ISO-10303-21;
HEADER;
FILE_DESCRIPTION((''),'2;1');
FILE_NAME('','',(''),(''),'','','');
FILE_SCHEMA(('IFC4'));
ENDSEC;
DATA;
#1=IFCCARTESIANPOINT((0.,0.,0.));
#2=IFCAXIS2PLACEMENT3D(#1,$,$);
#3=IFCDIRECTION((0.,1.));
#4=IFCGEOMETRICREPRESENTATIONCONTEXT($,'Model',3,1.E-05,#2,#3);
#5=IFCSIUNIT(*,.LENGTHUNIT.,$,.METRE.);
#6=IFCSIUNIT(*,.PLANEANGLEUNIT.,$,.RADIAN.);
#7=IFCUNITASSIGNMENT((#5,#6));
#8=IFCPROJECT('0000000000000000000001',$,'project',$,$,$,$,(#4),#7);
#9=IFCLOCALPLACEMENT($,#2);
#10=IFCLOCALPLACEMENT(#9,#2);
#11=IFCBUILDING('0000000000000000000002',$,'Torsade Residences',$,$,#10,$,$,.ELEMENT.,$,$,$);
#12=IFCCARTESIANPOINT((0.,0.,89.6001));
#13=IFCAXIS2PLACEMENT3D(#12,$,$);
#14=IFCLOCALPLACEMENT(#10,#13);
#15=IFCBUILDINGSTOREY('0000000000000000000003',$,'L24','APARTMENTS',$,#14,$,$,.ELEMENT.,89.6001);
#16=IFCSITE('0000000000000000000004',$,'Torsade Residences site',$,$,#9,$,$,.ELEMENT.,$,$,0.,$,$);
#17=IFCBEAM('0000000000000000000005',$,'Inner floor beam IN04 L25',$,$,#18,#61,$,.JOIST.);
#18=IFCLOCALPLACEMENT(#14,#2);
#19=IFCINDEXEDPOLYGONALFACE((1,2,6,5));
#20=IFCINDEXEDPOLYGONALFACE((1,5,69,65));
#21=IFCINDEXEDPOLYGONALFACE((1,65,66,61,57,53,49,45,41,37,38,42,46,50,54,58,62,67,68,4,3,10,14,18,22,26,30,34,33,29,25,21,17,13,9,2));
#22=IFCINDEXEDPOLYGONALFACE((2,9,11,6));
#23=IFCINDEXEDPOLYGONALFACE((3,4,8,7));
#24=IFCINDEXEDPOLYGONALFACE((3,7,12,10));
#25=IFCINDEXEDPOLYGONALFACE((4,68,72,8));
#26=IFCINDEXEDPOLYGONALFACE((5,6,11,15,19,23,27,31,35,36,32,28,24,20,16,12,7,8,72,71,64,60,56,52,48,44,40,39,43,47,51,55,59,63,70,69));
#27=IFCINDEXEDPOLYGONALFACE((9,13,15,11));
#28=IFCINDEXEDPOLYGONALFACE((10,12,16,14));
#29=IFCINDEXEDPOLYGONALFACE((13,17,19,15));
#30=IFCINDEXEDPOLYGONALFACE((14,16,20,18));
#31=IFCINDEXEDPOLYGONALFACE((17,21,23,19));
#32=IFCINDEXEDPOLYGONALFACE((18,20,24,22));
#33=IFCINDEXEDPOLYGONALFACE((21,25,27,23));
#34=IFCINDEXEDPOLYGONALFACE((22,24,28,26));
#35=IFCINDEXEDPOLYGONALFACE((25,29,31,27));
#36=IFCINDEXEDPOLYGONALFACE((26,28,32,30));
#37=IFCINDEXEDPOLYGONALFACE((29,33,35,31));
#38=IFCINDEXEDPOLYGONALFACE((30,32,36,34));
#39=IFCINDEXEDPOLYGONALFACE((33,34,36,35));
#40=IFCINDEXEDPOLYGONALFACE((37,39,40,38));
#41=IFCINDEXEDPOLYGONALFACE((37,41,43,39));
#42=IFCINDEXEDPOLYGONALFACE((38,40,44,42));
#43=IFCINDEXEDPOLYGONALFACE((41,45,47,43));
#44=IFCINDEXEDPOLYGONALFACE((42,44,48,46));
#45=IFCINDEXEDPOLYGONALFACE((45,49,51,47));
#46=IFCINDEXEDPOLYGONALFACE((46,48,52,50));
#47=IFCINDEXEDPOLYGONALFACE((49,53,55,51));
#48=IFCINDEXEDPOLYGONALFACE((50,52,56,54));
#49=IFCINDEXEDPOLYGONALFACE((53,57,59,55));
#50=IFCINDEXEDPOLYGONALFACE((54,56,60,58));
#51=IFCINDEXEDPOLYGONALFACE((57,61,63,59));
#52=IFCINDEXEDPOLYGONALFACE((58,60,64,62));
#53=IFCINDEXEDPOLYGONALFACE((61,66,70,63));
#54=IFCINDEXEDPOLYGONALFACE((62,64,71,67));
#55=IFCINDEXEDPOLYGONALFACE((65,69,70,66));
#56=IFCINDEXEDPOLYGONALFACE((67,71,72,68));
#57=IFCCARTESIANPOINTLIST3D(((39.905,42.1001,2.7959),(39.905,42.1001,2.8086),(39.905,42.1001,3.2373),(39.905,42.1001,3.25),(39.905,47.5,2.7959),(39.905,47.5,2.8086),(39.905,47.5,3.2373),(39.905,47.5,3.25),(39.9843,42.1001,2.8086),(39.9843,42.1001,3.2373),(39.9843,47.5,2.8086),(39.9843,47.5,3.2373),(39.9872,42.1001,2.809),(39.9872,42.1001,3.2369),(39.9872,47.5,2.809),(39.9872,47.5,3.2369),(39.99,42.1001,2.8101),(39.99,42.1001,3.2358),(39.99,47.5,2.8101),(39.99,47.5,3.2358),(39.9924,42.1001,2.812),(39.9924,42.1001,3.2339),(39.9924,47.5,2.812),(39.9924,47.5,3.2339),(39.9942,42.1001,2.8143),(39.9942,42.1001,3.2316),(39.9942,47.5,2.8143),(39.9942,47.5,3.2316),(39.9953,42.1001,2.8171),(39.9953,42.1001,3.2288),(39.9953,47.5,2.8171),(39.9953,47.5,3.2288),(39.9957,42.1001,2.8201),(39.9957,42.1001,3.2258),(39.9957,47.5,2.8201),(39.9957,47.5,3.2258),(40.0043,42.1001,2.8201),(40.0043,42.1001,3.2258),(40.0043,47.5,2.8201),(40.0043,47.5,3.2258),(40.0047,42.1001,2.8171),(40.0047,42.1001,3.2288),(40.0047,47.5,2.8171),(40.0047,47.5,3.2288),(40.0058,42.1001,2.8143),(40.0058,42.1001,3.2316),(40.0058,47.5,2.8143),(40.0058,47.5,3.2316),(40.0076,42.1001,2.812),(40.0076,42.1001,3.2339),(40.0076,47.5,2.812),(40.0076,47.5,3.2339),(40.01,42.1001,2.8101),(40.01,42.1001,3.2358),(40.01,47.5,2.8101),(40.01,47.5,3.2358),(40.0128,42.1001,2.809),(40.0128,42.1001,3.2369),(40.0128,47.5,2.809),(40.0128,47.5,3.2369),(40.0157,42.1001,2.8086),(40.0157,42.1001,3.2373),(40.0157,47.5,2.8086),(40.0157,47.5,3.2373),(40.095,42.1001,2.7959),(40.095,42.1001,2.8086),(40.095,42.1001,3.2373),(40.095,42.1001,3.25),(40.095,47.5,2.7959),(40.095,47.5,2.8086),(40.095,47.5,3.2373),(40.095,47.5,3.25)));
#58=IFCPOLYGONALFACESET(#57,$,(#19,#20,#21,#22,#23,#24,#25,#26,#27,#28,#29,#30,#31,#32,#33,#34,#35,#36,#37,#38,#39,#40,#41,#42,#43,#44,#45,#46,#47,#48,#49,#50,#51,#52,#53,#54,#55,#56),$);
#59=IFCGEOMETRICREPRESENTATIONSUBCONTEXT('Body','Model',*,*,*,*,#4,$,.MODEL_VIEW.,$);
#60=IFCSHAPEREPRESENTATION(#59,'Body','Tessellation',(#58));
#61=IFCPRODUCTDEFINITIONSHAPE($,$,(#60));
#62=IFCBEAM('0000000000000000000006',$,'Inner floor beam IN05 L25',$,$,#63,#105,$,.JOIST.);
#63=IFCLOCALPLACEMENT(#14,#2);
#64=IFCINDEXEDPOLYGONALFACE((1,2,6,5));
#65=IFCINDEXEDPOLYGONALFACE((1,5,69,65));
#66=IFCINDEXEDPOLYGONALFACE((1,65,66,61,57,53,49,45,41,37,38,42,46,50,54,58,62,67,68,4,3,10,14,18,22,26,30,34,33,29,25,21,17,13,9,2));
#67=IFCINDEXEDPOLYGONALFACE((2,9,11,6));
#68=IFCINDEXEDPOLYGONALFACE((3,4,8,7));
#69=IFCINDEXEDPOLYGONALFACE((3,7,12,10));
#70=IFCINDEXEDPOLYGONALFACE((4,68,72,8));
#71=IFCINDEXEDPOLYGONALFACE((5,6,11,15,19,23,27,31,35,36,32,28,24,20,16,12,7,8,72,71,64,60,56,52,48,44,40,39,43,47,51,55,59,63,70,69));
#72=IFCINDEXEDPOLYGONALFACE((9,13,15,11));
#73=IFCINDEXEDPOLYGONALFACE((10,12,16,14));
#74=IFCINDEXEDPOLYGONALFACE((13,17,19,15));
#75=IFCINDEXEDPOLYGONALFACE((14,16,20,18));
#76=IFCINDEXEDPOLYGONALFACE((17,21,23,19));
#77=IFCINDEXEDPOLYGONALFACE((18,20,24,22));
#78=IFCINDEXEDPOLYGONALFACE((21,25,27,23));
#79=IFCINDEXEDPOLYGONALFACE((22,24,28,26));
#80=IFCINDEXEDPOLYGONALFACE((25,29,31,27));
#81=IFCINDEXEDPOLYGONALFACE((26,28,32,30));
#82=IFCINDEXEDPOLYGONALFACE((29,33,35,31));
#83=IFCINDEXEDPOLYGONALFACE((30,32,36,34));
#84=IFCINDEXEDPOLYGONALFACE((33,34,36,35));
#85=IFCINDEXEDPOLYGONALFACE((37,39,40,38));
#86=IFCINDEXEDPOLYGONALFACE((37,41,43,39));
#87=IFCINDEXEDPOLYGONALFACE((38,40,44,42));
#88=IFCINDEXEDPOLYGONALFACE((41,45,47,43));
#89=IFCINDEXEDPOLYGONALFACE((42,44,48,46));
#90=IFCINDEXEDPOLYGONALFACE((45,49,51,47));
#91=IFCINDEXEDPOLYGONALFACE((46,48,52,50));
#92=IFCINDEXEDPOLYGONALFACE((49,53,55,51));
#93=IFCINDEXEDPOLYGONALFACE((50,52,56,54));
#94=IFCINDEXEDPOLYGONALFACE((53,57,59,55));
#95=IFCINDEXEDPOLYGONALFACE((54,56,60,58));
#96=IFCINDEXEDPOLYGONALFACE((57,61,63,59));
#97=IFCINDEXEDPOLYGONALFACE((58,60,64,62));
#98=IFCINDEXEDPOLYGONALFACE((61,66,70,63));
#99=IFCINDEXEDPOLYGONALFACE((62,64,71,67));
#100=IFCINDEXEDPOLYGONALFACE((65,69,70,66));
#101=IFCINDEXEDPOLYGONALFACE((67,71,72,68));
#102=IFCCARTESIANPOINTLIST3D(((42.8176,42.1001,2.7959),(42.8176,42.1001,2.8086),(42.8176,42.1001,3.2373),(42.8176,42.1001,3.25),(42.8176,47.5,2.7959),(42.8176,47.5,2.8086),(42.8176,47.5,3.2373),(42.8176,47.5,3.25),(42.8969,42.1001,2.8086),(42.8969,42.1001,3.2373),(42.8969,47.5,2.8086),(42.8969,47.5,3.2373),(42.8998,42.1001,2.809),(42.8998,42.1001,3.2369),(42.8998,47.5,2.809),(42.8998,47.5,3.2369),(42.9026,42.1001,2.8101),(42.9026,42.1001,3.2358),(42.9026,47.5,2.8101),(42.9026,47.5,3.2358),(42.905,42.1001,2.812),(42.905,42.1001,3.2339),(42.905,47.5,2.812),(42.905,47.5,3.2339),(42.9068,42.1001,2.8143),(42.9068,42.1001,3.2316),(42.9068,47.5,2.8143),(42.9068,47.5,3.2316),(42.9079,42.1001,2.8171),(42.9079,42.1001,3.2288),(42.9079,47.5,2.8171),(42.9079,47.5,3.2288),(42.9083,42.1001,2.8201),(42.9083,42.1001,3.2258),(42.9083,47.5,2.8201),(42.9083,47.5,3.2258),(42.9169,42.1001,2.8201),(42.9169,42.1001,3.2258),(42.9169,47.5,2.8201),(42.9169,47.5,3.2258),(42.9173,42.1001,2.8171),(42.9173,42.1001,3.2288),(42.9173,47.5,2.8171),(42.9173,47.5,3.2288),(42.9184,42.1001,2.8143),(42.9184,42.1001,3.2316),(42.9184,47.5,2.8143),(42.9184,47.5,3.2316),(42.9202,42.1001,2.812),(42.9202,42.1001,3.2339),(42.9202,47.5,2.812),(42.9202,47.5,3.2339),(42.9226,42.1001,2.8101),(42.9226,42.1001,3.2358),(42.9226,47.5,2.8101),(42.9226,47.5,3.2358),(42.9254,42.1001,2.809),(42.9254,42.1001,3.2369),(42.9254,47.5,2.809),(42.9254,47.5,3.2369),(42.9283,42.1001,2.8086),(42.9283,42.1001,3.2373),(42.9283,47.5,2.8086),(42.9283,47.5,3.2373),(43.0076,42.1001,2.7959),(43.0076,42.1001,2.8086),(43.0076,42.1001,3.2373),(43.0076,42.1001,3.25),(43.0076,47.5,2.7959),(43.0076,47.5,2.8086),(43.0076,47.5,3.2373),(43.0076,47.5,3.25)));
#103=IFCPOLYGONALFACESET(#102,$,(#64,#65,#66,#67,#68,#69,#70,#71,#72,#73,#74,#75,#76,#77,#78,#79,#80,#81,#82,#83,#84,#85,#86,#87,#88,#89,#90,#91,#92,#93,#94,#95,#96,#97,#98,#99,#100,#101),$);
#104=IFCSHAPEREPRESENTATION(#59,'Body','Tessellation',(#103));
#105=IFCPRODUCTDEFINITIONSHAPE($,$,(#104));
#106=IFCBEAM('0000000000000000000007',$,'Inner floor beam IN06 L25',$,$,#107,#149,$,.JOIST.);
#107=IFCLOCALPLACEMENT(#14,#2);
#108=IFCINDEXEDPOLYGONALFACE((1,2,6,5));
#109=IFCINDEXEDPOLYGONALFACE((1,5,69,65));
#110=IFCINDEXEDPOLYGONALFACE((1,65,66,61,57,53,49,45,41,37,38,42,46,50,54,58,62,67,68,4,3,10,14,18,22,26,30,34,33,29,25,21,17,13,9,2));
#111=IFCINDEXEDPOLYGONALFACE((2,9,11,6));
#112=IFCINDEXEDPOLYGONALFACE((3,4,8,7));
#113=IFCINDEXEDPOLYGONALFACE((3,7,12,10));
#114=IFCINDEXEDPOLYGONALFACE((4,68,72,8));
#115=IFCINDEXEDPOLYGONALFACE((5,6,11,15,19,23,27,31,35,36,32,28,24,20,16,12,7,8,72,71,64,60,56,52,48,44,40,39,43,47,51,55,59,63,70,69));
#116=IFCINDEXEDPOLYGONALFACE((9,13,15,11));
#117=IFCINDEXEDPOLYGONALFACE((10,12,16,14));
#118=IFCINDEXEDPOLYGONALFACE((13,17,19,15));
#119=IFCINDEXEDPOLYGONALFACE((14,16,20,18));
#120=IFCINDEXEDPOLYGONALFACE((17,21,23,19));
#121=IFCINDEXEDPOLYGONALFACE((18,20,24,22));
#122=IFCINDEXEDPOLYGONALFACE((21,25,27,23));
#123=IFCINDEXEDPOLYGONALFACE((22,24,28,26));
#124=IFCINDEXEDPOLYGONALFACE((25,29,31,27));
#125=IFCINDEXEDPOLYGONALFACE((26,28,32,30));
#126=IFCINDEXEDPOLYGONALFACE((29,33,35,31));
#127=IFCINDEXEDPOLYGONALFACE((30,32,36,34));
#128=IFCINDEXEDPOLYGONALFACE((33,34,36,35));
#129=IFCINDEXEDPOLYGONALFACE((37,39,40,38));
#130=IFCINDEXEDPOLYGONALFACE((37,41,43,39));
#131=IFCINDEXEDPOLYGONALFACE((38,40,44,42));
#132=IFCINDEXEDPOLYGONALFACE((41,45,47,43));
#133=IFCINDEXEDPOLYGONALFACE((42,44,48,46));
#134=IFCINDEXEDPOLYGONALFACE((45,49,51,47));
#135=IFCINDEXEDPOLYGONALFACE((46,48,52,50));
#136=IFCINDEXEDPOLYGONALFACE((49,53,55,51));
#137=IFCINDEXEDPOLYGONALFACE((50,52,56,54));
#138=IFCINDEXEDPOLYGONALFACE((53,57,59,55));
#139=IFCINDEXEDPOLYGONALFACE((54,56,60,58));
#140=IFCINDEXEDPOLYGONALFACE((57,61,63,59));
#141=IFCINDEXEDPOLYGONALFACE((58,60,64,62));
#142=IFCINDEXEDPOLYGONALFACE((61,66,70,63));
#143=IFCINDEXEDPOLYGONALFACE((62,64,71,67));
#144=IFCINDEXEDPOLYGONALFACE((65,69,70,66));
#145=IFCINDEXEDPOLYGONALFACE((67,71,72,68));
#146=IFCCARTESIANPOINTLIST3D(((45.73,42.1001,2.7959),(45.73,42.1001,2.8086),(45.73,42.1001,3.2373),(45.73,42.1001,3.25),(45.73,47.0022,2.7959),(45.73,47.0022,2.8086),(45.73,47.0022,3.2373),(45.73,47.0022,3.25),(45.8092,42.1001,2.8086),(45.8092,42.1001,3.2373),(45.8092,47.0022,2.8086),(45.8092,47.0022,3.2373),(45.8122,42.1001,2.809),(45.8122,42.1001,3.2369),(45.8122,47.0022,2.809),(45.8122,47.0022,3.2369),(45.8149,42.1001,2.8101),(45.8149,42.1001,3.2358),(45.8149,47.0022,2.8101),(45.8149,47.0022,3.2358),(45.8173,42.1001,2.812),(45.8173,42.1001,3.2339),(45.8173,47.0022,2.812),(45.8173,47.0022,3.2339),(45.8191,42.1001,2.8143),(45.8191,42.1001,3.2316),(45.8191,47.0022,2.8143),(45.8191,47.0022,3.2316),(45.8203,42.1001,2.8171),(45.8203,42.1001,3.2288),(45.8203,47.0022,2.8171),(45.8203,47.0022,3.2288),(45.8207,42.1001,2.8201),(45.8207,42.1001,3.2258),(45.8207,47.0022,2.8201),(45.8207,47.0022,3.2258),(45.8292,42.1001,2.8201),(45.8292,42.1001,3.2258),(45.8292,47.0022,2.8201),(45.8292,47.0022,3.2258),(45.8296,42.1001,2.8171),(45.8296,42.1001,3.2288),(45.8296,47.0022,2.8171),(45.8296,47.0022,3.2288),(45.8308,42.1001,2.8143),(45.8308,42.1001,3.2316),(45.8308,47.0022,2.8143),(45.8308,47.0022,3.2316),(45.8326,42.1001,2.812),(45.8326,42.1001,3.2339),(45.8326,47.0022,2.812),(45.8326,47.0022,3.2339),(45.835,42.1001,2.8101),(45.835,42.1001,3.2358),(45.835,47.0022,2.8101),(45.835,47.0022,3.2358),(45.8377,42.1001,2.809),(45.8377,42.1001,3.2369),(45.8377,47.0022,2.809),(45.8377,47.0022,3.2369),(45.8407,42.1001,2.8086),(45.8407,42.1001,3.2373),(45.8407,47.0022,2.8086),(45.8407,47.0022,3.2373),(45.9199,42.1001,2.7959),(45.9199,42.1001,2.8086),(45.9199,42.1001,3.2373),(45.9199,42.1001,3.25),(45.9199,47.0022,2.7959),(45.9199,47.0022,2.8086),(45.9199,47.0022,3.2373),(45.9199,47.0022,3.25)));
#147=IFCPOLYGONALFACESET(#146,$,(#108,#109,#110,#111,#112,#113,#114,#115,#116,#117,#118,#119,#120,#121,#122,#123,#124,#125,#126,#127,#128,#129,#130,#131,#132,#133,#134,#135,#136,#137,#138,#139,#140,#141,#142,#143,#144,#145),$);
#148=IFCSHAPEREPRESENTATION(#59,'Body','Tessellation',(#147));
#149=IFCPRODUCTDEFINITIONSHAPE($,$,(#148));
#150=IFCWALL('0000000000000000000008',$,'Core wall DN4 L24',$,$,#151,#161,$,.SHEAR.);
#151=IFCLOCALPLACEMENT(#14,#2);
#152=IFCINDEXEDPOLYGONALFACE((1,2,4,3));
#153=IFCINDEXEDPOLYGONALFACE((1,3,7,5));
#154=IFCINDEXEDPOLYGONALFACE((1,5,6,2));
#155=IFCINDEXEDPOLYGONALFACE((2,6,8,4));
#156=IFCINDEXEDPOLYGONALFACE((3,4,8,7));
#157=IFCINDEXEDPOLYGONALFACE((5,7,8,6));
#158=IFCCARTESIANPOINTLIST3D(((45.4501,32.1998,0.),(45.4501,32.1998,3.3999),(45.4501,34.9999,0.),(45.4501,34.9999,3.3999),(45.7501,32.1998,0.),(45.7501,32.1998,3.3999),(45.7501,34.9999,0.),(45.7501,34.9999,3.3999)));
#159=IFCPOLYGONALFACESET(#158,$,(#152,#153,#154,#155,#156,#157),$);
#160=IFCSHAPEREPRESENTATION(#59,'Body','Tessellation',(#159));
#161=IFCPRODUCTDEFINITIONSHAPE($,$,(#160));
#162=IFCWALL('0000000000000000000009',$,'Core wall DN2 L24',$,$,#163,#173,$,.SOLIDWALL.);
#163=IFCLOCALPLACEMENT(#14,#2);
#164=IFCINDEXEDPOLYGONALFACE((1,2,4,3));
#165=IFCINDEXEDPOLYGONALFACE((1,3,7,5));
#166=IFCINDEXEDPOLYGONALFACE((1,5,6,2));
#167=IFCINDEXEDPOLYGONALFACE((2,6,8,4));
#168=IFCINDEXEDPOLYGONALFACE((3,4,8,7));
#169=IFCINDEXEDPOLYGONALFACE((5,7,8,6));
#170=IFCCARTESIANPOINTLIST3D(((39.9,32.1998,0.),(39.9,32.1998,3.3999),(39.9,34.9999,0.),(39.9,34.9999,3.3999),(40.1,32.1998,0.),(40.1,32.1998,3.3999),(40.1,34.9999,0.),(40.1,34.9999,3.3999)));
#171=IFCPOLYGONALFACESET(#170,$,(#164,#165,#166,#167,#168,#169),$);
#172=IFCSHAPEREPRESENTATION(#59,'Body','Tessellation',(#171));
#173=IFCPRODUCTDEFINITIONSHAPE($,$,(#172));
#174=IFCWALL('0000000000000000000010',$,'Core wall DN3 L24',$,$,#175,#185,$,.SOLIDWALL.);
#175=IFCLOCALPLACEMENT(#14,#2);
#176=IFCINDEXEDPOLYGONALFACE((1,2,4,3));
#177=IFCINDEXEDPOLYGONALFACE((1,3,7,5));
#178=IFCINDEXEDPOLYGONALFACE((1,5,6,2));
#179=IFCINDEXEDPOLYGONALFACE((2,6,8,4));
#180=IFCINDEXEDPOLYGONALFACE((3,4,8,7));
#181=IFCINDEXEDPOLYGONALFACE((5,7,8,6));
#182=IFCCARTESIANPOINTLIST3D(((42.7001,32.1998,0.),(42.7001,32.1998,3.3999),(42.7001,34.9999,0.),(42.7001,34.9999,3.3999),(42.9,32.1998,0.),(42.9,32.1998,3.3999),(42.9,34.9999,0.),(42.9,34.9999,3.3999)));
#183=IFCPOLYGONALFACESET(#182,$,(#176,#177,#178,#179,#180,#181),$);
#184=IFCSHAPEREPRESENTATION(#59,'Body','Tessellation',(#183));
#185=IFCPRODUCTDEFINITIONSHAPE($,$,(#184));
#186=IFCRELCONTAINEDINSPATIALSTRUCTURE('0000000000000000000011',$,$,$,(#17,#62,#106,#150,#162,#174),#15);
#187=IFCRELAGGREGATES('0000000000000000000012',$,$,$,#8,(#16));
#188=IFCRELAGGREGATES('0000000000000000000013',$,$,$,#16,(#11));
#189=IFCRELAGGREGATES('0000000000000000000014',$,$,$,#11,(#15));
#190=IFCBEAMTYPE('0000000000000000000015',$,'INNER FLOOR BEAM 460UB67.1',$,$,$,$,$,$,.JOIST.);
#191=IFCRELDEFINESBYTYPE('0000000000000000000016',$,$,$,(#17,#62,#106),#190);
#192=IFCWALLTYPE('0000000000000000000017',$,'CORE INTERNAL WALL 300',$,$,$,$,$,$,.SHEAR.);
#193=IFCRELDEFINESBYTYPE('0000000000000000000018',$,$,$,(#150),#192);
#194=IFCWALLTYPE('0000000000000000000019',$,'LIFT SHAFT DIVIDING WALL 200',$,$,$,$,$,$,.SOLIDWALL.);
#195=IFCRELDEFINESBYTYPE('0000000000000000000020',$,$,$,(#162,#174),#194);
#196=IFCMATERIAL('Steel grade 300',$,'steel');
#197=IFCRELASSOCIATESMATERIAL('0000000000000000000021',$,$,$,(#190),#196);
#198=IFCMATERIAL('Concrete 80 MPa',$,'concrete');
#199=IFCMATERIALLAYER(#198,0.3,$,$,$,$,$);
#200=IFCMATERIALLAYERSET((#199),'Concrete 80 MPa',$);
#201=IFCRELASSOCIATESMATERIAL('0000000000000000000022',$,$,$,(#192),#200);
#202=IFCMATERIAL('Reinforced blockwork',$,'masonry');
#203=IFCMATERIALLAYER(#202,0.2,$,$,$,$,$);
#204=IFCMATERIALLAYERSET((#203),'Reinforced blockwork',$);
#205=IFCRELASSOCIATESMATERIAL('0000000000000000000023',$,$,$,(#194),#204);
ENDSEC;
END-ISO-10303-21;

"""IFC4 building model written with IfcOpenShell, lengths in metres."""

from ifc_helpers import new_model, si_unit, direction, frame, frame_2d, origin, origin_2d, place, context, subcontext, project, spatial, rectangle, i_section, extrude, material, layer, layer_set, material_profile, profile_set, type_object, element, save


model = new_model("IFC4")

# Units and contexts
model_context = context("Model", 3, precision=1e-05, world=origin(), true_north=direction((0.0, 1.0)))
body_context = subcontext(model_context, "Body", "Model", "MODEL_VIEW")
ifc_project = project(units=[si_unit("LENGTHUNIT", "METRE"), si_unit("PLANEANGLEUNIT", "RADIAN")], contexts=[model_context])

# Site, building, storey
site_placement = place(None, origin())
site = spatial("IfcSite", under=ifc_project, at=site_placement, Name="Torsade Residences site", CompositionType="ELEMENT", RefElevation=0.0)
building_placement = place(site_placement, origin())
building = spatial("IfcBuilding", under=site, at=building_placement, Name="Torsade Residences", CompositionType="ELEMENT")
storey_placement = place(building_placement, frame((0.0, 0.0, 89.6001)))
storey = spatial("IfcBuildingStorey", under=building, at=storey_placement, Name="L24", Description="APARTMENTS", CompositionType="ELEMENT", Elevation=89.6001)

# Beams
ifc_material_1 = material(Name="Steel grade 300", Category="steel")
ifc_material_profile = material_profile(ifc_material_1, i_section(OverallWidth=0.1899, OverallDepth=0.4541, WebThickness=0.0085, FlangeThickness=0.0127, FilletRadius=0.0115, at=origin_2d()), Name="460UB67.1")
ifc_profile_set = profile_set([ifc_material_profile], Name="Steel grade 300")
beam_type = type_object("IfcBeamType", Name="INNER FLOOR BEAM 460UB67.1", PredefinedType="JOIST", material=ifc_profile_set)
for number, where, z_axis, x_axis, name in (
    (1, (40.0, 42.1001, 3.0229), (0.0, 1.0, 0.0), (-1.0, 0.0, 0.0), "Inner floor beam IN04 L25"),
    (2, (42.9126, 42.1001, 3.0229), (0.0, 1.0, 0.0), (-1.0, 0.0, 0.0), "Inner floor beam IN05 L25"),
):
    element("IfcBeam", number, at=place(storey_placement, frame(where, z_axis=z_axis, x_axis=x_axis)), inside=storey, type_object=beam_type, Name=name, PredefinedType="JOIST", context=body_context, shape_type="SweptSolid", body=[
        extrude(i_section(OverallWidth=0.1899, OverallDepth=0.4541, WebThickness=0.0085, FlangeThickness=0.0127, FilletRadius=0.0115, at=origin_2d()), origin(), (0.0, 0.0, 1.0), 5.3999),
    ])
beam_placement = place(storey_placement, frame((45.825, 42.1001, 3.0229), z_axis=(0.0, 1.0, 0.0), x_axis=(-1.0, 0.0, 0.0)))
element("IfcBeam", 3, at=beam_placement, inside=storey, type_object=beam_type, Name="Inner floor beam IN06 L25", PredefinedType="JOIST", context=body_context, shape_type="SweptSolid", body=[
    extrude(i_section(OverallWidth=0.1899, OverallDepth=0.4541, WebThickness=0.0085, FlangeThickness=0.0127, FilletRadius=0.0115, at=origin_2d()), origin(), (0.0, 0.0, 1.0), 4.9021),
])

# Walls
ifc_material_2 = material(Name="Concrete 80 MPa", Category="concrete")
ifc_layer_1 = layer(ifc_material_2, 0.3)
ifc_layer_set_1 = layer_set([ifc_layer_1], Name="Concrete 80 MPa")
wall_type_1 = type_object("IfcWallType", Name="CORE INTERNAL WALL 300", PredefinedType="SHEAR", material=ifc_layer_set_1)
wall_1_placement = place(storey_placement, frame((45.6001, 32.2, 0.0), z_axis=(0.0, 0.0, 1.0), x_axis=(0.0, 1.0, 0.0)))
element("IfcWall", 4, at=wall_1_placement, inside=storey, type_object=wall_type_1, Name="Core wall DN4 L24", PredefinedType="SHEAR", context=body_context, shape_type="SweptSolid", body=[
    extrude(rectangle(XDim=2.8, YDim=0.3, at=frame_2d((1.3999, 0.0))), origin(), (0.0, 0.0, 1.0), 3.3999),
])
ifc_material_3 = material(Name="Reinforced blockwork", Category="masonry")
ifc_layer_2 = layer(ifc_material_3, 0.2)
ifc_layer_set_2 = layer_set([ifc_layer_2], Name="Reinforced blockwork")
wall_type_2 = type_object("IfcWallType", Name="LIFT SHAFT DIVIDING WALL 200", PredefinedType="SOLIDWALL", material=ifc_layer_set_2)
for number, where, z_axis, x_axis, name in (
    (5, (40.0, 32.2, 0.0), (0.0, 0.0, 1.0), (0.0, 1.0, 0.0), "Core wall DN2 L24"),
    (6, (42.8, 32.2, 0.0), (0.0, 0.0, 1.0), (0.0, 1.0, 0.0), "Core wall DN3 L24"),
):
    element("IfcWall", number, at=place(storey_placement, frame(where, z_axis=z_axis, x_axis=x_axis)), inside=storey, type_object=wall_type_2, Name=name, PredefinedType="SOLIDWALL", context=body_context, shape_type="SweptSolid", body=[
        extrude(rectangle(XDim=2.8, YDim=0.2, at=frame_2d((1.3999, 0.0))), origin(), (0.0, 0.0, 1.0), 3.3999),
    ])

save(model, "model.ifc")
